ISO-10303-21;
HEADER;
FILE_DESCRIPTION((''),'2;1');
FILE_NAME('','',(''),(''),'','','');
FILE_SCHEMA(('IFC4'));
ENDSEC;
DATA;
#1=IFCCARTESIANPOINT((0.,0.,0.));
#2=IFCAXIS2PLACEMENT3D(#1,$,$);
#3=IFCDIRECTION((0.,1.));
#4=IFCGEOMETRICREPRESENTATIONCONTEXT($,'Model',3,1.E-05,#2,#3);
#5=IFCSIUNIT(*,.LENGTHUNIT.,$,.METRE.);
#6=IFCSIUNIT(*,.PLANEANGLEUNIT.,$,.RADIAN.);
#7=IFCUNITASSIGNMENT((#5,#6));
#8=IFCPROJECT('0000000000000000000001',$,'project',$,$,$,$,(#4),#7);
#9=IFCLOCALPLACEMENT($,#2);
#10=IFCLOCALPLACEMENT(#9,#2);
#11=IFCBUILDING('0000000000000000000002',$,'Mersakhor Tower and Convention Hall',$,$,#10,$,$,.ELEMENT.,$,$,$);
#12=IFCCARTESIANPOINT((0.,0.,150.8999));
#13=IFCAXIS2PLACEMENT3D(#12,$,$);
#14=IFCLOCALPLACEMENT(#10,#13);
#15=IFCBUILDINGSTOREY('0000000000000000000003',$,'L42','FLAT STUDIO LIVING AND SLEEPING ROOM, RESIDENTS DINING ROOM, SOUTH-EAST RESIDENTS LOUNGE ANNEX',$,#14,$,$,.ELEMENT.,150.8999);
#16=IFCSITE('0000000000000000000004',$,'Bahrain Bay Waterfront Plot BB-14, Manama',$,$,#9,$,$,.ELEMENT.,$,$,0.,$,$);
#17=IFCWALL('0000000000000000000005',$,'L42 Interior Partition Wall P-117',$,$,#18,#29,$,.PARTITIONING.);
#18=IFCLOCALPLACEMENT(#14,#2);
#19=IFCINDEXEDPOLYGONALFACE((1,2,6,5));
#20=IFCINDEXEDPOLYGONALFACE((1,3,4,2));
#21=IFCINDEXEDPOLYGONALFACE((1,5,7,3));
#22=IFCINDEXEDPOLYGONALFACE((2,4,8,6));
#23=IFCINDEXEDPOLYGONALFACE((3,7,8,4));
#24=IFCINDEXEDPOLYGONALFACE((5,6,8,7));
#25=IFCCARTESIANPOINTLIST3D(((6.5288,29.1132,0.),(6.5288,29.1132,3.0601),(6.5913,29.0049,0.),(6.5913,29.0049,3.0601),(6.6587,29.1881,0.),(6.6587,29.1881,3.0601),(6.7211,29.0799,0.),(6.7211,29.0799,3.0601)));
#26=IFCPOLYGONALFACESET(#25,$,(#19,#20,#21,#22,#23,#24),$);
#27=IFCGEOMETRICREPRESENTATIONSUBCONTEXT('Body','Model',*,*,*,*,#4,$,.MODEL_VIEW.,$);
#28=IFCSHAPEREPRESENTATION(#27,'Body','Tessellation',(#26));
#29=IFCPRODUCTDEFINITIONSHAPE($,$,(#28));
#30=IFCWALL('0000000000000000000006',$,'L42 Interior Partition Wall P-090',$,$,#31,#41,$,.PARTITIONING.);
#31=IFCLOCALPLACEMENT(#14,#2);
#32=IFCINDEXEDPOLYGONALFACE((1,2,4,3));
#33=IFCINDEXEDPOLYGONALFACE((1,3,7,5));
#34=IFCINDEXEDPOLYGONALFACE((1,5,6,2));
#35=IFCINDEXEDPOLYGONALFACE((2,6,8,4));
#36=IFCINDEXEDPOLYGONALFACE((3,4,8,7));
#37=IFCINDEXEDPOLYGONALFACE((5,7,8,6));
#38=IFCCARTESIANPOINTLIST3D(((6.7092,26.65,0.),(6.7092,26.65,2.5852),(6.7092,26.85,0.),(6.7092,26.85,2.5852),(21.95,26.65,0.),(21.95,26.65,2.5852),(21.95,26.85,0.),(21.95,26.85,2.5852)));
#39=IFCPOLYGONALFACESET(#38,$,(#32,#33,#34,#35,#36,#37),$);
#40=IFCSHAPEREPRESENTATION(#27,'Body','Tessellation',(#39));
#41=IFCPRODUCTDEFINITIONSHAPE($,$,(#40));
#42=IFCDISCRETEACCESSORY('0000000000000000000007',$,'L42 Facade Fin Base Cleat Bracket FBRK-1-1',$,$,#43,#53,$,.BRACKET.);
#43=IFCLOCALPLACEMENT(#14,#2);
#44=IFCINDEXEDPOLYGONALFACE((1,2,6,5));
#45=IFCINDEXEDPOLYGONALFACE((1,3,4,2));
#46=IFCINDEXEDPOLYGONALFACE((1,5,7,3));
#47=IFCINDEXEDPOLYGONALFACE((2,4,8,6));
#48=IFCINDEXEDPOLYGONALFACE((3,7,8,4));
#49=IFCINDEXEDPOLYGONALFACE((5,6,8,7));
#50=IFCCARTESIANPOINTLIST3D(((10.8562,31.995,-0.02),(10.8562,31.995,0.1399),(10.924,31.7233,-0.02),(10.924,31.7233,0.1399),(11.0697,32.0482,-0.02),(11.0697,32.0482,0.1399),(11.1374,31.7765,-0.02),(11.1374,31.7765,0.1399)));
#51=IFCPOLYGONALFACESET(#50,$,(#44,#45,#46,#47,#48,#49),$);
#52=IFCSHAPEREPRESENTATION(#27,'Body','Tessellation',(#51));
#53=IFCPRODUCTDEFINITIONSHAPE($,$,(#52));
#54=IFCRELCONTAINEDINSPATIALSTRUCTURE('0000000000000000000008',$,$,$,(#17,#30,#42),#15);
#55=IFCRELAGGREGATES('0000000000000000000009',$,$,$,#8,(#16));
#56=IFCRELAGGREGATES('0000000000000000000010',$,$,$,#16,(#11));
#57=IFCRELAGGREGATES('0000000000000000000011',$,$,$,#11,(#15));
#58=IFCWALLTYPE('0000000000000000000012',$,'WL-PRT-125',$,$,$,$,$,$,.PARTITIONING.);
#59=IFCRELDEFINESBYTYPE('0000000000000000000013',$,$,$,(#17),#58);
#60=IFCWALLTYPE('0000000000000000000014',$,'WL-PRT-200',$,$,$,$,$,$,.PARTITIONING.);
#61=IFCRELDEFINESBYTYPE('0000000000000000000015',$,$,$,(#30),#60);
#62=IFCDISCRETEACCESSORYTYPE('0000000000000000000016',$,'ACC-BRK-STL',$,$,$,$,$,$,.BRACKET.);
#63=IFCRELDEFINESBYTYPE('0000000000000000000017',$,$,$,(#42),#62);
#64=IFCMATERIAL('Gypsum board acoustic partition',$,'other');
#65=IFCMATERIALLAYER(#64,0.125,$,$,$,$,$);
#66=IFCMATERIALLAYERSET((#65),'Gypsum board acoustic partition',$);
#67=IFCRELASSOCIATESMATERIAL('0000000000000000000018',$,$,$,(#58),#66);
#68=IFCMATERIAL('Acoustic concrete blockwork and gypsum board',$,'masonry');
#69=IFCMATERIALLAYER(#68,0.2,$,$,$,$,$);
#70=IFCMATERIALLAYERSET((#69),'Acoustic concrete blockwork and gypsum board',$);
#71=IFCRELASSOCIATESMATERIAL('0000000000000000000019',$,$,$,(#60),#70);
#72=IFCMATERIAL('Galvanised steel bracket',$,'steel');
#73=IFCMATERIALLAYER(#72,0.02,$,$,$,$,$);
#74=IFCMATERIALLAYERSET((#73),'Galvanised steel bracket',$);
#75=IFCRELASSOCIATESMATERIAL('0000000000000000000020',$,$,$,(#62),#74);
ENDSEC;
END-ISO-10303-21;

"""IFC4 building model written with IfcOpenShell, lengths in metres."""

from ifc_helpers import new_model, si_unit, direction, frame, frame_2d, origin, origin_2d, place, context, subcontext, project, spatial, rectangle, extrude, material, layer, layer_set, type_object, element, save


model = new_model("IFC4")

# Units and contexts
model_context = context("Model", 3, precision=1e-05, world=origin(), true_north=direction((0.0, 1.0)))
body_context = subcontext(model_context, "Body", "Model", "MODEL_VIEW")
ifc_project = project(units=[si_unit("LENGTHUNIT", "METRE"), si_unit("PLANEANGLEUNIT", "RADIAN")], contexts=[model_context])

# Site, building, storey
site_placement = place(None, origin())
site = spatial("IfcSite", under=ifc_project, at=site_placement, Name="Bahrain Bay Waterfront Plot BB-14, Manama", CompositionType="ELEMENT", RefElevation=0.0)
building_placement = place(site_placement, origin())
building = spatial("IfcBuilding", under=site, at=building_placement, Name="Mersakhor Tower and Convention Hall", CompositionType="ELEMENT")
storey_placement = place(building_placement, frame((0.0, 0.0, 150.8999)))
storey = spatial("IfcBuildingStorey", under=building, at=storey_placement, Name="L42", Description="FLAT STUDIO LIVING AND SLEEPING ROOM, RESIDENTS DINING ROOM, SOUTH-EAST RESIDENTS LOUNGE ANNEX", CompositionType="ELEMENT", Elevation=150.8999)

# Shared definitions
ifc_material_1 = material(Name="Gypsum board acoustic partition", Category="other")
ifc_layer_1 = layer(ifc_material_1, 0.125)
ifc_layer_set_1 = layer_set([ifc_layer_1], Name="Gypsum board acoustic partition")
wall_type_1 = type_object("IfcWallType", Name="WL-PRT-125", PredefinedType="PARTITIONING", material=ifc_layer_set_1)

# Walls
wall_1_placement = place(storey_placement, frame((6.5601, 29.0591, 0.0), z_axis=(0.0, 0.0, 1.0), x_axis=(0.866131, 0.499816, 0.0)))
element("IfcWall", 1, at=wall_1_placement, inside=storey, type_object=wall_type_1, Name="L42 Interior Partition Wall P-117", PredefinedType="PARTITIONING", context=body_context, shape_type="SweptSolid", body=[
    extrude(rectangle(XDim=0.1499, YDim=0.125, at=frame_2d((0.075, 0.0))), origin(), (0.0, 0.0, 1.0), 3.0601),
])
ifc_material_2 = material(Name="Acoustic concrete blockwork and gypsum board", Category="masonry")
ifc_layer_2 = layer(ifc_material_2, 0.2)
ifc_layer_set_2 = layer_set([ifc_layer_2], Name="Acoustic concrete blockwork and gypsum board")
wall_type_2 = type_object("IfcWallType", Name="WL-PRT-200", PredefinedType="PARTITIONING", material=ifc_layer_set_2)
wall_2_placement = place(storey_placement, frame((6.7092, 26.75, 0.0), z_axis=(0.0, 0.0, 1.0), x_axis=(1.0, 0.0, 0.0)))
element("IfcWall", 2, at=wall_2_placement, inside=storey, type_object=wall_type_2, Name="L42 Interior Partition Wall P-090", PredefinedType="PARTITIONING", context=body_context, shape_type="SweptSolid", body=[
    extrude(rectangle(XDim=15.2407, YDim=0.2, at=frame_2d((7.6204, 0.0))), origin(), (0.0, 0.0, 1.0), 2.5852),
])

# Discrete accessory
ifc_material_3 = material(Name="Galvanised steel bracket", Category="steel")
ifc_layer_3 = layer(ifc_material_3, 0.02)
ifc_layer_set_3 = layer_set([ifc_layer_3], Name="Galvanised steel bracket")
discrete_accessory_type = type_object("IfcDiscreteAccessoryType", Name="ACC-BRK-STL", PredefinedType="BRACKET", material=ifc_layer_set_3)
discrete_accessory_placement = place(storey_placement, frame((10.9968, 31.8857, -0.02), z_axis=(0.0, 0.0, 1.0), x_axis=(-0.241922, 0.970296, 0.0)))
element("IfcDiscreteAccessory", 3, at=discrete_accessory_placement, inside=storey, type_object=discrete_accessory_type, Name="L42 Facade Fin Base Cleat Bracket FBRK-1-1", PredefinedType="BRACKET", context=body_context, shape_type="SweptSolid", body=[
    extrude(rectangle(XDim=0.28, YDim=0.22, at=origin_2d()), origin(), (0.0, 0.0, 1.0), 0.1599),
])

save(model, "model.ifc")
